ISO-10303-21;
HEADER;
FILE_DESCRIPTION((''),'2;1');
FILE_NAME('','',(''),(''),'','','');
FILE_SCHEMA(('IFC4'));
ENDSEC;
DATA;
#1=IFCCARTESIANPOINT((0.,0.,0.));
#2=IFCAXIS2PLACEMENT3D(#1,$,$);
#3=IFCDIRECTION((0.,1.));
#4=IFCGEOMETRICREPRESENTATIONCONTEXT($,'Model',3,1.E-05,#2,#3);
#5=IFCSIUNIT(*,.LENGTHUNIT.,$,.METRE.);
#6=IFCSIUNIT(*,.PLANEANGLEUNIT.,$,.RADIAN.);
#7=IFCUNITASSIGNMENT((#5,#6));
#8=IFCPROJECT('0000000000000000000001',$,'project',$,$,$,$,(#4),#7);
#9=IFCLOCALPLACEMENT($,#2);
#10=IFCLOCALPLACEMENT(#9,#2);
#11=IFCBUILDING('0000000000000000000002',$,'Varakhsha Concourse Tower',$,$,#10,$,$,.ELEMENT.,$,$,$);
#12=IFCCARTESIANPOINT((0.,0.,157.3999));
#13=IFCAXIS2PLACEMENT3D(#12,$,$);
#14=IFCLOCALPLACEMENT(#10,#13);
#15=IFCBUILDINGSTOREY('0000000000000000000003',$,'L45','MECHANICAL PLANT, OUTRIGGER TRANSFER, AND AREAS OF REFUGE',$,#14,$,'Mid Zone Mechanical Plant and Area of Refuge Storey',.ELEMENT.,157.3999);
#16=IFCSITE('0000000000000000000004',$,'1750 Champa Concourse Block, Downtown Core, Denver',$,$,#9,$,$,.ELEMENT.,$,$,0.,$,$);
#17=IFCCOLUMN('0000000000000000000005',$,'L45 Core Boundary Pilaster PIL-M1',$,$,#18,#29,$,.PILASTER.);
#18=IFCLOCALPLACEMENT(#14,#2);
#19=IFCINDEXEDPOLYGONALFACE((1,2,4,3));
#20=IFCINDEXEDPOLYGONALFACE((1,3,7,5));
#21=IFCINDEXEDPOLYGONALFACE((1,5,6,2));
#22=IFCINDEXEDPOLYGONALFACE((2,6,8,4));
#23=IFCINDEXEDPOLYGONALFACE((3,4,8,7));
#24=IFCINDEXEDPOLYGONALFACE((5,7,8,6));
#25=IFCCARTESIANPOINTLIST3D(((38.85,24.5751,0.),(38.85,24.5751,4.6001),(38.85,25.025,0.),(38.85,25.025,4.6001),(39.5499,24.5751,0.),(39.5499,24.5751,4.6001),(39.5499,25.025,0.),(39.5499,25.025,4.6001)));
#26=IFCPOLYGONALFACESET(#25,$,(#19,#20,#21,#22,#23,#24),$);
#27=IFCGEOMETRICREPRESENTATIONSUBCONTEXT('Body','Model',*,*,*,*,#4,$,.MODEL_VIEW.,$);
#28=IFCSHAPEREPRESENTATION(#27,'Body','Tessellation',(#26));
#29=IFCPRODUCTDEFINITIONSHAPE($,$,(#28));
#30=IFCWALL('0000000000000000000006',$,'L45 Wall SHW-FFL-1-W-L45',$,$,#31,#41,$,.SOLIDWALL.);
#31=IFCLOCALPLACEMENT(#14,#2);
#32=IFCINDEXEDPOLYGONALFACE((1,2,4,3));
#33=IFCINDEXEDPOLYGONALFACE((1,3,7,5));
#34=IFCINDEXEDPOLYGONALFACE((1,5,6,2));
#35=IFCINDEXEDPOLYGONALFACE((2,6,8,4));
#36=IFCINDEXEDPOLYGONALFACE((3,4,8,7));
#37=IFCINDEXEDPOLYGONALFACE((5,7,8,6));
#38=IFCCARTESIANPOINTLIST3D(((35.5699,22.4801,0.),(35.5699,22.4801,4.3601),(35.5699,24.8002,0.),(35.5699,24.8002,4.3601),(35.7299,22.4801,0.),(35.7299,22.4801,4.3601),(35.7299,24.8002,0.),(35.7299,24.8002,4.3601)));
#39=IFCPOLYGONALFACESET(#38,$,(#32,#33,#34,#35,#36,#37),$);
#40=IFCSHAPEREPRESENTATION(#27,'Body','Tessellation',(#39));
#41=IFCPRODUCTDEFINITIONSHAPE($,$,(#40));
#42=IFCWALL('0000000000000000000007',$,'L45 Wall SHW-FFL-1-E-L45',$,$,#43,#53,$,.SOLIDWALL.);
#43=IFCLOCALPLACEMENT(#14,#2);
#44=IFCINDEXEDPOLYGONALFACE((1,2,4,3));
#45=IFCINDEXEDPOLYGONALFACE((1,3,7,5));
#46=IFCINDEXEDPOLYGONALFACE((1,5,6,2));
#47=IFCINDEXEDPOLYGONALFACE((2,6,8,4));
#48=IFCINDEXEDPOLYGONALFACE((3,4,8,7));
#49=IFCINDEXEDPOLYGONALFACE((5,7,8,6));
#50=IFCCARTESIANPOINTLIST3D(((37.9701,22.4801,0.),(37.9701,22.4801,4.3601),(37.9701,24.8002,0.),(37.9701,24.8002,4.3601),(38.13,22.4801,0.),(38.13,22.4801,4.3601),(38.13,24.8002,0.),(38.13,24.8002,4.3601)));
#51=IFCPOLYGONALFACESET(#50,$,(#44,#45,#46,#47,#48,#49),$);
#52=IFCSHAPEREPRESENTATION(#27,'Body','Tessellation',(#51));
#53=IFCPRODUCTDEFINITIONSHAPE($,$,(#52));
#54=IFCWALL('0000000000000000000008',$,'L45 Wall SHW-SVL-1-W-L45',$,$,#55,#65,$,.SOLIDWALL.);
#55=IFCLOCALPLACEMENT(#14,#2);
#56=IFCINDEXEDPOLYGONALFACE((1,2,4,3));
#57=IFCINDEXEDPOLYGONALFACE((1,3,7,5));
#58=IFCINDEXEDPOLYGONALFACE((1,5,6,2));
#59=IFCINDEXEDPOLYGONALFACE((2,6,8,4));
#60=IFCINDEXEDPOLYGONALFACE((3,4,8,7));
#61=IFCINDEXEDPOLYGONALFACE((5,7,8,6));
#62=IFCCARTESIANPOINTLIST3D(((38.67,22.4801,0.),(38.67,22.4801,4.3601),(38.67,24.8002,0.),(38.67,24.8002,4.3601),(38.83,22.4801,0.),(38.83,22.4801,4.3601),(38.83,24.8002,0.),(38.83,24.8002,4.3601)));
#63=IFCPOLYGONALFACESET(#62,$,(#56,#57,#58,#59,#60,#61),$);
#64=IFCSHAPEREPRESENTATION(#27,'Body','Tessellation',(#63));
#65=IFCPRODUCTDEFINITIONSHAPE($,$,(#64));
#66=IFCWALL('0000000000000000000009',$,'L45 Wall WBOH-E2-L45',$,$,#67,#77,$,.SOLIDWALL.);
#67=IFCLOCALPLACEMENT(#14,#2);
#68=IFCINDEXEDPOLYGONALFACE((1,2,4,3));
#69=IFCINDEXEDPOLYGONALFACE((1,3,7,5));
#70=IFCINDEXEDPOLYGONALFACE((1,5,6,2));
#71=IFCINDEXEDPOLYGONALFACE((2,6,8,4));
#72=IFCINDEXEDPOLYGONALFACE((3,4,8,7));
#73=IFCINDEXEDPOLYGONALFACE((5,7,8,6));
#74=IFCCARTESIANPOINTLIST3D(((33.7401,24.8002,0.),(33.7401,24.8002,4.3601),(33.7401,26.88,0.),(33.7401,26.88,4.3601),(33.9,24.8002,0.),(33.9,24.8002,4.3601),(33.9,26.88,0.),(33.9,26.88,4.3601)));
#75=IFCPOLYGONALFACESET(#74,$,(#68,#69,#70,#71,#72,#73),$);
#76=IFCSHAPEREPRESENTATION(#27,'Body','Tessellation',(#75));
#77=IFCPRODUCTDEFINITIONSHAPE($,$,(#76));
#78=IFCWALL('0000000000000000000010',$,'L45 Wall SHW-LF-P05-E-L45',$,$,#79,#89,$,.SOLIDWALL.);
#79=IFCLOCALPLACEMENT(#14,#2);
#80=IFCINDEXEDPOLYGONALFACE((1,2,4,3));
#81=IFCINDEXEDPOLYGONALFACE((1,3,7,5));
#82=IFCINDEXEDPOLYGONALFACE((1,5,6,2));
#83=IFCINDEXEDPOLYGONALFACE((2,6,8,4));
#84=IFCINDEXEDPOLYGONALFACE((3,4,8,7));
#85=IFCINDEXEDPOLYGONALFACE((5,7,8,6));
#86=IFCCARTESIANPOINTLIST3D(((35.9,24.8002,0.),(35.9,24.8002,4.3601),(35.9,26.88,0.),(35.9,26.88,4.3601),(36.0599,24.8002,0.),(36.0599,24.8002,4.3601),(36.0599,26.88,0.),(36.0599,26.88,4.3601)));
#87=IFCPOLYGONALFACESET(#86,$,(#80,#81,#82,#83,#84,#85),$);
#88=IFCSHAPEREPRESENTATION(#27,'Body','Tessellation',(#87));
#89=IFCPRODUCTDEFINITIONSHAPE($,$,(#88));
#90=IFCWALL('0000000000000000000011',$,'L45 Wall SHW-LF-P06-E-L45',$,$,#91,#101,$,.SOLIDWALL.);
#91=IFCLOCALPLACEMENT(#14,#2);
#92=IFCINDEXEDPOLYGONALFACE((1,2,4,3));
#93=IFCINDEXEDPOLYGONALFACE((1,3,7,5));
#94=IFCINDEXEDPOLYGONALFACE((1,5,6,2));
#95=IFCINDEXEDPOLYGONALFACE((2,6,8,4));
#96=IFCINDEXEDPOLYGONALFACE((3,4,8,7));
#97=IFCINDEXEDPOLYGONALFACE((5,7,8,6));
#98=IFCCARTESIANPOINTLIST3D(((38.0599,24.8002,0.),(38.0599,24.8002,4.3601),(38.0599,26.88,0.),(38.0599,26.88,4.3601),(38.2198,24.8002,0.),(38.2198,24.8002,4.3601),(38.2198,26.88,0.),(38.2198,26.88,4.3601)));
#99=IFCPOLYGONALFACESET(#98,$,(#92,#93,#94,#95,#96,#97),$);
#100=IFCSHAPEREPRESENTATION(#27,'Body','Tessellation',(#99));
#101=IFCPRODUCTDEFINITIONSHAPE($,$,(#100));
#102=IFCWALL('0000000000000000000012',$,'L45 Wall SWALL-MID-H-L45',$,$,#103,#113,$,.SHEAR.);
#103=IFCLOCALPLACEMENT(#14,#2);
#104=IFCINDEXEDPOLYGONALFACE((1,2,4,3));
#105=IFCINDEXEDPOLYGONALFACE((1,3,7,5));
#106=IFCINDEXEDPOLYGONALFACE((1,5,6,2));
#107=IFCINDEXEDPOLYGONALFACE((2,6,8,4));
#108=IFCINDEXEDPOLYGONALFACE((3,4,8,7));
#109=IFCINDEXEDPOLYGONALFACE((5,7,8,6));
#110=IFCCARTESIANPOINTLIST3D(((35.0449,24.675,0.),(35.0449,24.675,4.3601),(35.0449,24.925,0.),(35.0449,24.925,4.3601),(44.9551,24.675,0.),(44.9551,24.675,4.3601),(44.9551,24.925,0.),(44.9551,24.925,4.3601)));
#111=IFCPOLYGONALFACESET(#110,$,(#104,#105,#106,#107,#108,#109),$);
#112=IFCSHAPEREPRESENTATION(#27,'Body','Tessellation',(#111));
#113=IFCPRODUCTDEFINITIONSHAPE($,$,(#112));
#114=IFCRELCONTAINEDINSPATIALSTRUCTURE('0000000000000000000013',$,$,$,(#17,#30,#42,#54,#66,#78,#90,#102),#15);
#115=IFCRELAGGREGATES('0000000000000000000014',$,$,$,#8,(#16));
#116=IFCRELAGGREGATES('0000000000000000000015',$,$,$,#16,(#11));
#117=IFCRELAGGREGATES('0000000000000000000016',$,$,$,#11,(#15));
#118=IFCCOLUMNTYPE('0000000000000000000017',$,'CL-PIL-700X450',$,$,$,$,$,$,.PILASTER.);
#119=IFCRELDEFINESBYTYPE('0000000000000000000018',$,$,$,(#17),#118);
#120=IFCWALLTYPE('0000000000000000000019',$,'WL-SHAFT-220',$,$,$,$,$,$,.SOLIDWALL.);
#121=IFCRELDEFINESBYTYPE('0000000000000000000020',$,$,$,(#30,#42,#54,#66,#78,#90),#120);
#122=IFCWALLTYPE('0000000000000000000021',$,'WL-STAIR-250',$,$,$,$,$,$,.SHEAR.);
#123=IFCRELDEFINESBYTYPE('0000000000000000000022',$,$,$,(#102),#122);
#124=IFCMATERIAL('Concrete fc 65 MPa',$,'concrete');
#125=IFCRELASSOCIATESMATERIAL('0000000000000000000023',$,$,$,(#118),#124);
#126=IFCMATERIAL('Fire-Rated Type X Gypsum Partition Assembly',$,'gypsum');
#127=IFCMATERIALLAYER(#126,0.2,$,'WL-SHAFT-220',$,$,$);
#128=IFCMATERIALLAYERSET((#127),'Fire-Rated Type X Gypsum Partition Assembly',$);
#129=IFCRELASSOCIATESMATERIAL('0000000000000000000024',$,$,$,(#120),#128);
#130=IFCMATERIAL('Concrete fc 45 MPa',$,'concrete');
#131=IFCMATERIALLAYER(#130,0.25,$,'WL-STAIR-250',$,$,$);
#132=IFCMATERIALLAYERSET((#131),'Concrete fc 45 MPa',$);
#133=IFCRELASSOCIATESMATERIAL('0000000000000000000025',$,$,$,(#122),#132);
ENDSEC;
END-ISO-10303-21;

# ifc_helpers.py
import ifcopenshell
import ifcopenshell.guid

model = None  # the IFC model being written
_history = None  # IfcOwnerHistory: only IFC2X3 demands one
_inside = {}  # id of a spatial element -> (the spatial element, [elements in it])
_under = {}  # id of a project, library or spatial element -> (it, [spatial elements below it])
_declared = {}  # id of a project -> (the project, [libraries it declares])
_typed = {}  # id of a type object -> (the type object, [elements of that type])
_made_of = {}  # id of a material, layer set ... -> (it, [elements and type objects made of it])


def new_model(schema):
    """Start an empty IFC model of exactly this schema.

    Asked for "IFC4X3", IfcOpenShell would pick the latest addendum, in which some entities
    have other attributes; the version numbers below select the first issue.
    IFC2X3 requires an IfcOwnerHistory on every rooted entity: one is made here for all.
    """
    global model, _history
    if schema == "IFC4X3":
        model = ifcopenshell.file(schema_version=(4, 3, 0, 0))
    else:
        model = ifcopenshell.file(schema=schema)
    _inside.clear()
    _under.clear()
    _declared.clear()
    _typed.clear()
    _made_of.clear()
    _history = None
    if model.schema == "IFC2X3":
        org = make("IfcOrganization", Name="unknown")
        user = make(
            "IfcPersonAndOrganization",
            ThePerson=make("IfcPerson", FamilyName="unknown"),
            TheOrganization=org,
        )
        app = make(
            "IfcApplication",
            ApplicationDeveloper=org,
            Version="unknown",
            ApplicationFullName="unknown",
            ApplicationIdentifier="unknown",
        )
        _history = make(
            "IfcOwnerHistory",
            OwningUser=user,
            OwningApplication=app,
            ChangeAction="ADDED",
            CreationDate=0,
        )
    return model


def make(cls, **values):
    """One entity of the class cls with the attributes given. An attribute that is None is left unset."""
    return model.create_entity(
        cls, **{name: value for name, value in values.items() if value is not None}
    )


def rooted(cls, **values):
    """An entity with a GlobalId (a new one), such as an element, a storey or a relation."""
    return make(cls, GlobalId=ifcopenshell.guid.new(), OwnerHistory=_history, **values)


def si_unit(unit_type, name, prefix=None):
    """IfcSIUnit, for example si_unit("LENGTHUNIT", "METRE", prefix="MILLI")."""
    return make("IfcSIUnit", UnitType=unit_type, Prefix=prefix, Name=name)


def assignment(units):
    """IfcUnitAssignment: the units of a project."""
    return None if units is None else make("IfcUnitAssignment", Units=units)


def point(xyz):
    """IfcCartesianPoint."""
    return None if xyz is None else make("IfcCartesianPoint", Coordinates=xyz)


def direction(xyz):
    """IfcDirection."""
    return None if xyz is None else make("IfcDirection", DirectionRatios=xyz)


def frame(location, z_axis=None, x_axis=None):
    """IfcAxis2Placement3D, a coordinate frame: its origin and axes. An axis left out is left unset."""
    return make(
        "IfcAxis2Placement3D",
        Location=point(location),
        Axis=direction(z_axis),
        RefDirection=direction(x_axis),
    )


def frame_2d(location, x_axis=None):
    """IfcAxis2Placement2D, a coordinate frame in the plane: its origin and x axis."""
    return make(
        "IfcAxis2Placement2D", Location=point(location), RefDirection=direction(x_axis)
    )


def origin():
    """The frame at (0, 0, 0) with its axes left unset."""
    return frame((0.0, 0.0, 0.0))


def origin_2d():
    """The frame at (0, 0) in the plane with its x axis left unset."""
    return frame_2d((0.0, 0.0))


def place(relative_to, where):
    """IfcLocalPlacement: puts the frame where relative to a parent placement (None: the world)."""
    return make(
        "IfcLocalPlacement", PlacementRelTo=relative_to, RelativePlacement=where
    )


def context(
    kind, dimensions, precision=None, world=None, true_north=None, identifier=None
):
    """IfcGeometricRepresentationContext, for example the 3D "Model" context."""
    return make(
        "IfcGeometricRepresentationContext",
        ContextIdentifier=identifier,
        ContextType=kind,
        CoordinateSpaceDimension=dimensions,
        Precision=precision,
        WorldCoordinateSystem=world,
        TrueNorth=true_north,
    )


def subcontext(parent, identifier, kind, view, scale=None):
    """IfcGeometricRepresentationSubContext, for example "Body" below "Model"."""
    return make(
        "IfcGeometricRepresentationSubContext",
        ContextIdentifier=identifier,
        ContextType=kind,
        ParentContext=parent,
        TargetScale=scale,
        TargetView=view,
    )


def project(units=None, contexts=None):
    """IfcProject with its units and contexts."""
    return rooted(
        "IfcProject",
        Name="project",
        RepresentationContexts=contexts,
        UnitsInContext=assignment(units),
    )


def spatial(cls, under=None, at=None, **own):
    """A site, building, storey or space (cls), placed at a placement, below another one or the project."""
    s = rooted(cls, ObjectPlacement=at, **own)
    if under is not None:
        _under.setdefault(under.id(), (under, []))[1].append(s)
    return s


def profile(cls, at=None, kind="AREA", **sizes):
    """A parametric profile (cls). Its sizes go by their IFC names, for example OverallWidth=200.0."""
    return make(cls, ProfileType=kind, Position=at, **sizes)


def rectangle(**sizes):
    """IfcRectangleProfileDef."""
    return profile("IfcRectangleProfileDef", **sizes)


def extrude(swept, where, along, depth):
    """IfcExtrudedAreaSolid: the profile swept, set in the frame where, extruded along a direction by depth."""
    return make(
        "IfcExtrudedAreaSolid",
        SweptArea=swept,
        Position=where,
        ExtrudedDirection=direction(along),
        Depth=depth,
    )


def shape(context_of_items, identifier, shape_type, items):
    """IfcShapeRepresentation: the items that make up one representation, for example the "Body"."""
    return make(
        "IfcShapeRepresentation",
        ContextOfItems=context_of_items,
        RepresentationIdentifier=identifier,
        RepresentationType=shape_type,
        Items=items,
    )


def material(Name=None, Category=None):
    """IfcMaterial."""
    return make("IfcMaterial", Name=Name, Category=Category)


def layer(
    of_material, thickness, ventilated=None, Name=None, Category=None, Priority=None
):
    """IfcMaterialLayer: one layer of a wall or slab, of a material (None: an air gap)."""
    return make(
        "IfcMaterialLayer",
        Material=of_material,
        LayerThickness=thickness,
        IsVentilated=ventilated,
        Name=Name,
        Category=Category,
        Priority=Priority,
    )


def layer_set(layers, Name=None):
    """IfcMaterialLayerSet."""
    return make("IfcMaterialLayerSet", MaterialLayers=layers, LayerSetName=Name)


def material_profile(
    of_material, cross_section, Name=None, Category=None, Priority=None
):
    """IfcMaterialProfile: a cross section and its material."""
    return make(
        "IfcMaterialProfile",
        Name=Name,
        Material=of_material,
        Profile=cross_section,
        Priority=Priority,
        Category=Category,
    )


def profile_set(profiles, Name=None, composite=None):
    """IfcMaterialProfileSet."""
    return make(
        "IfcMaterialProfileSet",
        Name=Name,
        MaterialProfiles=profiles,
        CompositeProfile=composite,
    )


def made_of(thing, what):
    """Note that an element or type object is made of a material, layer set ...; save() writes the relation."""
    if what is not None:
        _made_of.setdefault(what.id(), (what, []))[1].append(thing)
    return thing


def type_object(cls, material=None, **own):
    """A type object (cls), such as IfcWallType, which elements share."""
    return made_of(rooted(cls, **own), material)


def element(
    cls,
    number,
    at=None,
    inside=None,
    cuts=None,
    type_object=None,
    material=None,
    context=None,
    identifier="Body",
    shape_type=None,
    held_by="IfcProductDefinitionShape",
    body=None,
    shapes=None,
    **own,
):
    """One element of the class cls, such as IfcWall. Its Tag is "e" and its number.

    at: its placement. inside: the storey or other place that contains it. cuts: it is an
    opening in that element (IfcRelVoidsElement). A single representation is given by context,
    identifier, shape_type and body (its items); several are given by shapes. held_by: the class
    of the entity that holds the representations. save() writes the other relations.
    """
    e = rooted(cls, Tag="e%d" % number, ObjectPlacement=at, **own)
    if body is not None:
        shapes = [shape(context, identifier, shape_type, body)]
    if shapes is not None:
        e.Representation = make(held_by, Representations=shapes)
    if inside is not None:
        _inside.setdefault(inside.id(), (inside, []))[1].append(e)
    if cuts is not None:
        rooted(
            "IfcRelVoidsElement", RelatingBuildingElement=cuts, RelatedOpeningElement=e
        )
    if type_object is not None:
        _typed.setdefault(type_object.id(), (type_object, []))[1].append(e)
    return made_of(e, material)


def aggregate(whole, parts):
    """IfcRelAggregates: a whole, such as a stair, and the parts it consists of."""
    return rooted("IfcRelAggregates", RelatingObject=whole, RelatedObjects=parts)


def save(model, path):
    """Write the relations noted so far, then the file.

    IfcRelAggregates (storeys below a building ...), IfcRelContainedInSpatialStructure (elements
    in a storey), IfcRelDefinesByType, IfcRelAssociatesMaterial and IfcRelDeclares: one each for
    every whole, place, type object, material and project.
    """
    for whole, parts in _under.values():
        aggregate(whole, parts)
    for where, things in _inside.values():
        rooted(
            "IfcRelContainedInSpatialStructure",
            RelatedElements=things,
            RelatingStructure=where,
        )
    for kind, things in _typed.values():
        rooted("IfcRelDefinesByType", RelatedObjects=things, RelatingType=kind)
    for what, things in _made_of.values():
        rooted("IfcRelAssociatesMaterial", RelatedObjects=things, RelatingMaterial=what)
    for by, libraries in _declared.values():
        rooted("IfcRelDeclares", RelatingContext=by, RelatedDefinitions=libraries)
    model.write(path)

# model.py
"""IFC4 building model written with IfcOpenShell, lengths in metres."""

from ifc_helpers import new_model, si_unit, direction, frame, frame_2d, origin, origin_2d, place, context, subcontext, project, spatial, rectangle, extrude, material, layer, layer_set, material_profile, profile_set, type_object, element, save


model = new_model("IFC4")

# Units and contexts
model_context = context("Model", 3, precision=1e-05, world=origin(), true_north=direction((0.0, 1.0)))
body_context = subcontext(model_context, "Body", "Model", "MODEL_VIEW")
ifc_project = project(units=[si_unit("LENGTHUNIT", "METRE"), si_unit("PLANEANGLEUNIT", "RADIAN")], contexts=[model_context])

# Site, building, storey
site_placement = place(None, origin())
site = spatial("IfcSite", under=ifc_project, at=site_placement, Name="1750 Champa Concourse Block, Downtown Core, Denver", CompositionType="ELEMENT", RefElevation=0.0)
building_placement = place(site_placement, origin())
building = spatial("IfcBuilding", under=site, at=building_placement, Name="Varakhsha Concourse Tower", CompositionType="ELEMENT")
storey_placement = place(building_placement, frame((0.0, 0.0, 157.3999)))
storey = spatial("IfcBuildingStorey", under=building, at=storey_placement, Name="L45", Description="MECHANICAL PLANT, OUTRIGGER TRANSFER, AND AREAS OF REFUGE", LongName="Mid Zone Mechanical Plant and Area of Refuge Storey", CompositionType="ELEMENT", Elevation=157.3999)

# Column
ifc_material_1 = material(Name="Concrete fc 65 MPa", Category="concrete")
ifc_material_profile = material_profile(ifc_material_1, rectangle(XDim=0.7, YDim=0.45, at=origin_2d()), Name="RC 700x450")
ifc_profile_set = profile_set([ifc_material_profile], Name="Concrete fc 65 MPa")
column_type = type_object("IfcColumnType", Name="CL-PIL-700X450", PredefinedType="PILASTER", material=ifc_profile_set)
column_placement = place(storey_placement, frame((39.2, 24.8, 0.0), z_axis=(0.0, 0.0, 1.0), x_axis=(1.0, 0.0, 0.0)))
element("IfcColumn", 1, at=column_placement, inside=storey, type_object=column_type, Name="L45 Core Boundary Pilaster PIL-M1", PredefinedType="PILASTER", context=body_context, shape_type="SweptSolid", body=[
    extrude(rectangle(XDim=0.7, YDim=0.45, at=origin_2d()), origin(), (0.0, 0.0, 1.0), 4.6001),
])

# Shared definitions
ifc_material_2 = material(Name="Fire-Rated Type X Gypsum Partition Assembly", Category="gypsum")
ifc_layer_1 = layer(ifc_material_2, 0.2, Name="WL-SHAFT-220")
ifc_layer_set_1 = layer_set([ifc_layer_1], Name="Fire-Rated Type X Gypsum Partition Assembly")
wall_type_1 = type_object("IfcWallType", Name="WL-SHAFT-220", PredefinedType="SOLIDWALL", material=ifc_layer_set_1)

# Walls
for number, where, z_axis, x_axis, name in (
    (2, (35.6499, 22.48, 0.0), (0.0, 0.0, 1.0), (0.0, 1.0, 0.0), "L45 Wall SHW-FFL-1-W-L45"),
    (3, (38.05, 22.48, 0.0), (0.0, 0.0, 1.0), (0.0, 1.0, 0.0), "L45 Wall SHW-FFL-1-E-L45"),
    (4, (38.75, 22.48, 0.0), (0.0, 0.0, 1.0), (0.0, 1.0, 0.0), "L45 Wall SHW-SVL-1-W-L45"),
):
    element("IfcWall", number, at=place(storey_placement, frame(where, z_axis=z_axis, x_axis=x_axis)), inside=storey, type_object=wall_type_1, Name=name, PredefinedType="SOLIDWALL", context=body_context, shape_type="SweptSolid", body=[
        extrude(rectangle(XDim=2.3201, YDim=0.1599, at=frame_2d((1.1602, 0.0))), origin(), (0.0, 0.0, 1.0), 4.3601),
    ])

# Walls
for number, where, z_axis, x_axis, name in (
    (5, (33.8201, 24.8, 0.0), (0.0, 0.0, 1.0), (0.0, 1.0, 0.0), "L45 Wall WBOH-E2-L45"),
    (6, (35.98, 24.8, 0.0), (0.0, 0.0, 1.0), (0.0, 1.0, 0.0), "L45 Wall SHW-LF-P05-E-L45"),
    (7, (38.1399, 24.8, 0.0), (0.0, 0.0, 1.0), (0.0, 1.0, 0.0), "L45 Wall SHW-LF-P06-E-L45"),
):
    element("IfcWall", number, at=place(storey_placement, frame(where, z_axis=z_axis, x_axis=x_axis)), inside=storey, type_object=wall_type_1, Name=name, PredefinedType="SOLIDWALL", context=body_context, shape_type="SweptSolid", body=[
        extrude(rectangle(XDim=2.0798, YDim=0.1599, at=frame_2d((1.04, 0.0))), origin(), (0.0, 0.0, 1.0), 4.3601),
    ])
ifc_material_3 = material(Name="Concrete fc 45 MPa", Category="concrete")
ifc_layer_2 = layer(ifc_material_3, 0.25, Name="WL-STAIR-250")
ifc_layer_set_2 = layer_set([ifc_layer_2], Name="Concrete fc 45 MPa")
wall_type_2 = type_object("IfcWallType", Name="WL-STAIR-250", PredefinedType="SHEAR", material=ifc_layer_set_2)
wall_1_placement = place(storey_placement, frame((35.0449, 24.8, 0.0), z_axis=(0.0, 0.0, 1.0), x_axis=(1.0, 0.0, 0.0)))
element("IfcWall", 8, at=wall_1_placement, inside=storey, type_object=wall_type_2, Name="L45 Wall SWALL-MID-H-L45", PredefinedType="SHEAR", context=body_context, shape_type="SweptSolid", body=[
    extrude(rectangle(XDim=9.9102, YDim=0.25, at=frame_2d((4.9551, 0.0))), origin(), (0.0, 0.0, 1.0), 4.3601),
])

save(model, "model.ifc")
